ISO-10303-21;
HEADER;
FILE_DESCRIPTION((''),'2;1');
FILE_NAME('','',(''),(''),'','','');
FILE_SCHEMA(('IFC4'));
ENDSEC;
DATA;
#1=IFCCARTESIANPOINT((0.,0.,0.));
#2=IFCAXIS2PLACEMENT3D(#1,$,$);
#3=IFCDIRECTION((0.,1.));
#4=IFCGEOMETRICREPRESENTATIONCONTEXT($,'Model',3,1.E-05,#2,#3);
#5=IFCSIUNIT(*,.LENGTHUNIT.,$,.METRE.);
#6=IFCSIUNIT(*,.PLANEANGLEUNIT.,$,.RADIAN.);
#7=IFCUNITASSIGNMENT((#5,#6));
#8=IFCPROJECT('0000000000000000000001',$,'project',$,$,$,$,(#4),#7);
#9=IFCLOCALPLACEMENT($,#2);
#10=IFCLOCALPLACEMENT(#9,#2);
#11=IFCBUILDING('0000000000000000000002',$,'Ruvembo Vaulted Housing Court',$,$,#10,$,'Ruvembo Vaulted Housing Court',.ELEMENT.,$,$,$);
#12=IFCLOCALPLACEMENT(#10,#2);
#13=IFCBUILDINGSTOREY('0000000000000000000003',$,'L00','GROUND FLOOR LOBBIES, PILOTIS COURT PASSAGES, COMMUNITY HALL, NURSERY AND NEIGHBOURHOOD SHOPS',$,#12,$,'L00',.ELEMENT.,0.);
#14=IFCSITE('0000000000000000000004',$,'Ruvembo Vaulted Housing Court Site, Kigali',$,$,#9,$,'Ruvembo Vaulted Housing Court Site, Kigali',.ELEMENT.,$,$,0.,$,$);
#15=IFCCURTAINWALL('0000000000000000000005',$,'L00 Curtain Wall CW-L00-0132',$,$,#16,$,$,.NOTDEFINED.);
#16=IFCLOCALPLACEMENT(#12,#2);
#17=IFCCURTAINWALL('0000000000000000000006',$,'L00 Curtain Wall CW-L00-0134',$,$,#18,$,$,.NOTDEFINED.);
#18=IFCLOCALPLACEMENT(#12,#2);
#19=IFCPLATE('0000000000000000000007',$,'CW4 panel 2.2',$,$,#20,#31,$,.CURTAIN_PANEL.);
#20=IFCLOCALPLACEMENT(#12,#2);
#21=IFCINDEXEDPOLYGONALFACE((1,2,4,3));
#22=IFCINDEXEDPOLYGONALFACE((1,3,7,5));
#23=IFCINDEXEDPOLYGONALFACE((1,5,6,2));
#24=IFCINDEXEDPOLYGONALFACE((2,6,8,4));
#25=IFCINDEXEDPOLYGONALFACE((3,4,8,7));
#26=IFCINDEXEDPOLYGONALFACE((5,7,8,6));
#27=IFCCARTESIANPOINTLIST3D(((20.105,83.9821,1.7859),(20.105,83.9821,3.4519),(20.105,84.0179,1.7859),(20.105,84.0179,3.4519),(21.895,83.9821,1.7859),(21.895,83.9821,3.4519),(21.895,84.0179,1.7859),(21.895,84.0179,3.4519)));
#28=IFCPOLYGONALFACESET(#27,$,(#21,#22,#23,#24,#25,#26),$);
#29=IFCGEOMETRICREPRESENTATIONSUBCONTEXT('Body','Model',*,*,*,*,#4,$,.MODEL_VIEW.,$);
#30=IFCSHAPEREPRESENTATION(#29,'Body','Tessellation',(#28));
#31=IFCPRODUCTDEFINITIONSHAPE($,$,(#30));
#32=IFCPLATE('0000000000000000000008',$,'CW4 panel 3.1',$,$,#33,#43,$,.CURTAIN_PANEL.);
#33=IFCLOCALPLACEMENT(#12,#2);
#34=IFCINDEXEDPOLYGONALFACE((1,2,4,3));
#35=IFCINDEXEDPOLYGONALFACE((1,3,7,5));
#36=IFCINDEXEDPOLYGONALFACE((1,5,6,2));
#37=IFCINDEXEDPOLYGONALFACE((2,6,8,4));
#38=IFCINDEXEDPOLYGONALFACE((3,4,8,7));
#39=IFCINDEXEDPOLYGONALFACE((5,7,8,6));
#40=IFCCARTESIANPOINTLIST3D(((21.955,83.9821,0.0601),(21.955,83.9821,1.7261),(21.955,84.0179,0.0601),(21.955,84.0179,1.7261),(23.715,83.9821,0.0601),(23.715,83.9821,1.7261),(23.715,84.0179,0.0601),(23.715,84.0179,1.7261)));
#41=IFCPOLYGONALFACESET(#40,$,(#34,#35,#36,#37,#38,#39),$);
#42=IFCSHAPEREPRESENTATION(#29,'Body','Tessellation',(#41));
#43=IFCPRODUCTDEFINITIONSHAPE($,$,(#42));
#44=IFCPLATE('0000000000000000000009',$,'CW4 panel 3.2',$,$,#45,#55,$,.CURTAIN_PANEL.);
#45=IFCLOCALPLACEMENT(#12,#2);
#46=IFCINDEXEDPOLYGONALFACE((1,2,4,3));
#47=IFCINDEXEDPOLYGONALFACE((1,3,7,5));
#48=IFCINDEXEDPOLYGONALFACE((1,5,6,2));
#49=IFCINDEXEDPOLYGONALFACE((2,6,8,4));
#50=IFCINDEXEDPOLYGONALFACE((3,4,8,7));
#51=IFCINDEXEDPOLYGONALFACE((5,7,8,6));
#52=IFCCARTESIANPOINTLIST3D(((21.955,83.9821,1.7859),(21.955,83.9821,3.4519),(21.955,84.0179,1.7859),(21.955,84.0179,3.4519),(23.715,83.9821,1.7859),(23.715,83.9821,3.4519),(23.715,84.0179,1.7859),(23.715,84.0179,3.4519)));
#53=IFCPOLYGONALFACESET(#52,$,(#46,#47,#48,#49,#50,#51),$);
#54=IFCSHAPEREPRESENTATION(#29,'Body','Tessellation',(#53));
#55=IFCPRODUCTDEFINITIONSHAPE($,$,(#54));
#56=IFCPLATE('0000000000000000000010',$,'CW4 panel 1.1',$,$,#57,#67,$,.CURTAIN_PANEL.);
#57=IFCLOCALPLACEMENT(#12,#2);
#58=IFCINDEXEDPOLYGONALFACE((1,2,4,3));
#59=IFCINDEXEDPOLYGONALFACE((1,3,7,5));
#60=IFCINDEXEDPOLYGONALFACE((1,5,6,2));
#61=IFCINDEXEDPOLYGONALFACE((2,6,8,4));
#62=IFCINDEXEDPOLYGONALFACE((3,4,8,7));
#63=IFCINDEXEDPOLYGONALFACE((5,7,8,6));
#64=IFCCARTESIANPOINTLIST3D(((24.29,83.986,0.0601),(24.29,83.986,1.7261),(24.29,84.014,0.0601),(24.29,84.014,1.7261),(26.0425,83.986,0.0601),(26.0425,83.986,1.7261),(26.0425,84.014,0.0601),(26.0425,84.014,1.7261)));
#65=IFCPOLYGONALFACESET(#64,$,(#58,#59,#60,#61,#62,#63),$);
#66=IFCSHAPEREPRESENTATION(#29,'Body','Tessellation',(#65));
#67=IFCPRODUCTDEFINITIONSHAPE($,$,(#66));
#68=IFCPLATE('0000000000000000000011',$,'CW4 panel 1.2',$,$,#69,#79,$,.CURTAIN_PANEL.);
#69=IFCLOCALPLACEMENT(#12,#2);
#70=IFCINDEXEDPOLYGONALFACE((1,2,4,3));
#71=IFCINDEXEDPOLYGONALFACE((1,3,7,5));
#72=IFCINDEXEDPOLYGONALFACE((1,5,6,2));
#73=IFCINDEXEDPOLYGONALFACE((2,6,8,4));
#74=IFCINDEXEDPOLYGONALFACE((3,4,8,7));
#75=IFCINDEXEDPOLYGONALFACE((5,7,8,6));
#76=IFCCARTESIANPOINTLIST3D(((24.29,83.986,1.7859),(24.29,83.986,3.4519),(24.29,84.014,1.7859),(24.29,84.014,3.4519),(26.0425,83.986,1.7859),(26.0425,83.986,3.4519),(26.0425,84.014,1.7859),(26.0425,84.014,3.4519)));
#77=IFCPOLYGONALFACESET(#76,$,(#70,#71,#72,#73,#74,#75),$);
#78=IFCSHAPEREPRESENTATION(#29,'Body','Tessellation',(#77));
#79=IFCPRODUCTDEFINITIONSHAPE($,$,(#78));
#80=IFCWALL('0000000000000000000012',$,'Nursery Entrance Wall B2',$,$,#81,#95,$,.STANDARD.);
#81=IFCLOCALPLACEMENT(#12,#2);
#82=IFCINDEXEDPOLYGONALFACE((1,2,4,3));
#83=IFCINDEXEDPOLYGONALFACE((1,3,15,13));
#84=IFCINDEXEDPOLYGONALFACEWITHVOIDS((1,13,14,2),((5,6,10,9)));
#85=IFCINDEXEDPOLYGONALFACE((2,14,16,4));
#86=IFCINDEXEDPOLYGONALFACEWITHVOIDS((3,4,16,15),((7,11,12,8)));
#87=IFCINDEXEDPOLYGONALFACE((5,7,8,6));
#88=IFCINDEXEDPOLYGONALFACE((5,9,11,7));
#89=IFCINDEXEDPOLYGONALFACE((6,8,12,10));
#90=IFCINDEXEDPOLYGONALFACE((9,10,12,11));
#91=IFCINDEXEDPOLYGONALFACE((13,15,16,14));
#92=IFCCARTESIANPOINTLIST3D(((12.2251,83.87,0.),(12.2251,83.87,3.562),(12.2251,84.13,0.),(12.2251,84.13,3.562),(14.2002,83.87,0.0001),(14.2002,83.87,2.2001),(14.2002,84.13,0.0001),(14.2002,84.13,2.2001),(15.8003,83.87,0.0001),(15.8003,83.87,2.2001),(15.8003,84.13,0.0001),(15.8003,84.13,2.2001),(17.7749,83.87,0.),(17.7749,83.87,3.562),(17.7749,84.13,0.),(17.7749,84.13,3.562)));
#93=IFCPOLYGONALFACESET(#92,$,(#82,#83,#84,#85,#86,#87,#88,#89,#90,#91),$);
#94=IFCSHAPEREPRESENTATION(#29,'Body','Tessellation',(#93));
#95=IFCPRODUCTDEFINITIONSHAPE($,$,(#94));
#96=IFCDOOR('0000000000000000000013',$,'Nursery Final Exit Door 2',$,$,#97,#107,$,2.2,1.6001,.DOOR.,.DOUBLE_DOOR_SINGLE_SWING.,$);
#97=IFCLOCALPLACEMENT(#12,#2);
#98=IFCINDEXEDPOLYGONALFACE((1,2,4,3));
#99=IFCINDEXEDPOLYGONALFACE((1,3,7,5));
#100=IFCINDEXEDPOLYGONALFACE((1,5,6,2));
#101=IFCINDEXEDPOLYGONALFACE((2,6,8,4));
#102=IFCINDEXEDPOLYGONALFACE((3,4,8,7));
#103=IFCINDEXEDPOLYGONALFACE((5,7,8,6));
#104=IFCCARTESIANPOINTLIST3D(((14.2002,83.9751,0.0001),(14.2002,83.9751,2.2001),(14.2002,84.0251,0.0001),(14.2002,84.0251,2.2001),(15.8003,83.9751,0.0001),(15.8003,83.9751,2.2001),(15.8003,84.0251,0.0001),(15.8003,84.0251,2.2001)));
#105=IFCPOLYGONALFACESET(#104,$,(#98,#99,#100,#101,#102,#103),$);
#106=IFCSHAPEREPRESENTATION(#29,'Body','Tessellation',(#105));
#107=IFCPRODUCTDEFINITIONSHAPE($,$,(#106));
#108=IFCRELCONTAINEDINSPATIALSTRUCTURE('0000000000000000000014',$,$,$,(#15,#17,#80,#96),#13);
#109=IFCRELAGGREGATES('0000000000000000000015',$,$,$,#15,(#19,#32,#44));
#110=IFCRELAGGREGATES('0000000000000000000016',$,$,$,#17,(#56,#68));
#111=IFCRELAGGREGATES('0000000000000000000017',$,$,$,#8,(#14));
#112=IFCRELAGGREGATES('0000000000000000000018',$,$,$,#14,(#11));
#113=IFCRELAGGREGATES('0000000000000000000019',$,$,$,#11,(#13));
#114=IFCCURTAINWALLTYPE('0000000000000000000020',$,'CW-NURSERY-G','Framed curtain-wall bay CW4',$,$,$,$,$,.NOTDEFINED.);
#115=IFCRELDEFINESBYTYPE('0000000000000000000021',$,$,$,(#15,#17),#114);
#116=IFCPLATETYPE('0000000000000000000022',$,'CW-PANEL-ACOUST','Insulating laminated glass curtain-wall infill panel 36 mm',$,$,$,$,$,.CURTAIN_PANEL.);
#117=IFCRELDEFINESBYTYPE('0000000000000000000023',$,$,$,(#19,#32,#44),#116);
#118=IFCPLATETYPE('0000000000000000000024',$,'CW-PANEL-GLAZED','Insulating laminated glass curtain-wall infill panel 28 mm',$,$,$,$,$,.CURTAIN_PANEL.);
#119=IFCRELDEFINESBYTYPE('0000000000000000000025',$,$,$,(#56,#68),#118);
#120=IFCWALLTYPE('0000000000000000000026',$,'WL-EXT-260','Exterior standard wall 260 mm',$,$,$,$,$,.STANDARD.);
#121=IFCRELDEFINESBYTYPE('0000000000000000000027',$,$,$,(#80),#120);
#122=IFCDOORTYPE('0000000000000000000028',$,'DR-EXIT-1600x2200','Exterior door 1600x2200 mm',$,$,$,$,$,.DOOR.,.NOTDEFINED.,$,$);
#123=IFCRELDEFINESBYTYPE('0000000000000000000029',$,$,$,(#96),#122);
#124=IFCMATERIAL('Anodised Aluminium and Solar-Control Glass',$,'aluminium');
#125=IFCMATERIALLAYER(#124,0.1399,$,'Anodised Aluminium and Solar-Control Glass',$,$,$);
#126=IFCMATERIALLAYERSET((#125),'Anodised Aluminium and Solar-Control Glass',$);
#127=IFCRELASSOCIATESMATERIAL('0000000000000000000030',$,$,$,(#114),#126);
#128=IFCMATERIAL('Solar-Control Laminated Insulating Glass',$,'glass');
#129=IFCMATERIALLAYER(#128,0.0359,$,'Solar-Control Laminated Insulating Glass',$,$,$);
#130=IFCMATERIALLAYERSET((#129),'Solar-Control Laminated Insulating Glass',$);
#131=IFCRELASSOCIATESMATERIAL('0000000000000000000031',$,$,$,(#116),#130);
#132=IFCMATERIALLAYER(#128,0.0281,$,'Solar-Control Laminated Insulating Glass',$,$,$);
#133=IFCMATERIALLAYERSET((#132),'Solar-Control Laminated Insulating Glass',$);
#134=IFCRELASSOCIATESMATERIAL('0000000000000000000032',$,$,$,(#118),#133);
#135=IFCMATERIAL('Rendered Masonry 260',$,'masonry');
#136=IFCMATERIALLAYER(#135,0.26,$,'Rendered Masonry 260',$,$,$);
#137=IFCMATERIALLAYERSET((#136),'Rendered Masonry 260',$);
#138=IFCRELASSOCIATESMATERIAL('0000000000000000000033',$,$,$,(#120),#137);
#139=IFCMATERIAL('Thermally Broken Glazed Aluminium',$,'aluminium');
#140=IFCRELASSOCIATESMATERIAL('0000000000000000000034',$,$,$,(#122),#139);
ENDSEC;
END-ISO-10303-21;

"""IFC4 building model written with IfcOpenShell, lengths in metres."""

from ifc_helpers import new_model, si_unit, direction, frame, frame_2d, origin, origin_2d, place, context, subcontext, project, spatial, rectangle, extrude, material, layer, layer_set, type_object, element, fill, aggregate, save


model = new_model("IFC4")

# Units and contexts
model_context = context("Model", 3, precision=1e-05, world=origin(), true_north=direction((0.0, 1.0)))
body_context = subcontext(model_context, "Body", "Model", "MODEL_VIEW")
ifc_project = project(units=[si_unit("LENGTHUNIT", "METRE"), si_unit("PLANEANGLEUNIT", "RADIAN")], contexts=[model_context])

# Site, building, storey
site_placement = place(None, origin())
site = spatial("IfcSite", under=ifc_project, at=site_placement, Name="Ruvembo Vaulted Housing Court Site, Kigali", LongName="Ruvembo Vaulted Housing Court Site, Kigali", CompositionType="ELEMENT", RefElevation=0.0)
building_placement = place(site_placement, origin())
building = spatial("IfcBuilding", under=site, at=building_placement, Name="Ruvembo Vaulted Housing Court", LongName="Ruvembo Vaulted Housing Court", CompositionType="ELEMENT")
storey_placement = place(building_placement, origin())
storey = spatial("IfcBuildingStorey", under=building, at=storey_placement, Name="L00", Description="GROUND FLOOR LOBBIES, PILOTIS COURT PASSAGES, COMMUNITY HALL, NURSERY AND NEIGHBOURHOOD SHOPS", LongName="L00", CompositionType="ELEMENT", Elevation=0.0)

# Curtain walls
ifc_material_1 = material(Name="Anodised Aluminium and Solar-Control Glass", Category="aluminium")
ifc_layer_1 = layer(ifc_material_1, 0.1399, Name="Anodised Aluminium and Solar-Control Glass")
ifc_layer_set_1 = layer_set([ifc_layer_1], Name="Anodised Aluminium and Solar-Control Glass")
curtain_wall_type = type_object("IfcCurtainWallType", Name="CW-NURSERY-G", Description="Framed curtain-wall bay CW4", PredefinedType="NOTDEFINED", material=ifc_layer_set_1)
curtain_wall_1_placement = place(storey_placement, origin())
curtain_wall_1 = element("IfcCurtainWall", 1, at=curtain_wall_1_placement, inside=storey, type_object=curtain_wall_type, Name="L00 Curtain Wall CW-L00-0132", PredefinedType="NOTDEFINED")
curtain_wall_2_placement = place(storey_placement, origin())
curtain_wall_2 = element("IfcCurtainWall", 2, at=curtain_wall_2_placement, inside=storey, type_object=curtain_wall_type, Name="L00 Curtain Wall CW-L00-0134", PredefinedType="NOTDEFINED")

# Plates
ifc_material_2 = material(Name="Solar-Control Laminated Insulating Glass", Category="glass")
ifc_layer_2 = layer(ifc_material_2, 0.0359, Name="Solar-Control Laminated Insulating Glass")
ifc_layer_set_2 = layer_set([ifc_layer_2], Name="Solar-Control Laminated Insulating Glass")
plate_type_1 = type_object("IfcPlateType", Name="CW-PANEL-ACOUST", Description="Insulating laminated glass curtain-wall infill panel 36 mm", PredefinedType="CURTAIN_PANEL", material=ifc_layer_set_2)
plate_1_placement = place(storey_placement, frame((21.0, 84.0, 1.7859), z_axis=(0.0, 0.0, 1.0), x_axis=(1.0, 0.0, 0.0)))
plate_1 = element("IfcPlate", 3, at=plate_1_placement, type_object=plate_type_1, Name="CW4 panel 2.2", PredefinedType="CURTAIN_PANEL", context=body_context, shape_type="SweptSolid", body=[
    extrude(rectangle(XDim=1.79, YDim=0.0359, at=origin_2d()), origin(), (0.0, 0.0, 1.0), 1.666),
])
plate_2_placement = place(storey_placement, frame((22.835, 84.0, 0.0601), z_axis=(0.0, 0.0, 1.0), x_axis=(1.0, 0.0, 0.0)))
plate_2 = element("IfcPlate", 4, at=plate_2_placement, type_object=plate_type_1, Name="CW4 panel 3.1", PredefinedType="CURTAIN_PANEL", context=body_context, shape_type="SweptSolid", body=[
    extrude(rectangle(XDim=1.76, YDim=0.0359, at=origin_2d()), origin(), (0.0, 0.0, 1.0), 1.666),
])
plate_3_placement = place(storey_placement, frame((22.835, 84.0, 1.7859), z_axis=(0.0, 0.0, 1.0), x_axis=(1.0, 0.0, 0.0)))
plate_3 = element("IfcPlate", 5, at=plate_3_placement, type_object=plate_type_1, Name="CW4 panel 3.2", PredefinedType="CURTAIN_PANEL", context=body_context, shape_type="SweptSolid", body=[
    extrude(rectangle(XDim=1.76, YDim=0.0359, at=origin_2d()), origin(), (0.0, 0.0, 1.0), 1.666),
])
aggregate(curtain_wall_1, [plate_1, plate_2, plate_3])
ifc_layer_3 = layer(ifc_material_2, 0.0281, Name="Solar-Control Laminated Insulating Glass")
ifc_layer_set_3 = layer_set([ifc_layer_3], Name="Solar-Control Laminated Insulating Glass")
plate_type_2 = type_object("IfcPlateType", Name="CW-PANEL-GLAZED", Description="Insulating laminated glass curtain-wall infill panel 28 mm", PredefinedType="CURTAIN_PANEL", material=ifc_layer_set_3)
plate_4_placement = place(storey_placement, frame((25.1663, 84.0, 0.0601), z_axis=(0.0, 0.0, 1.0), x_axis=(1.0, 0.0, 0.0)))
plate_4 = element("IfcPlate", 6, at=plate_4_placement, type_object=plate_type_2, Name="CW4 panel 1.1", PredefinedType="CURTAIN_PANEL", context=body_context, shape_type="SweptSolid", body=[
    extrude(rectangle(XDim=1.7524, YDim=0.0281, at=origin_2d()), origin(), (0.0, 0.0, 1.0), 1.666),
])
plate_5_placement = place(storey_placement, frame((25.1663, 84.0, 1.7859), z_axis=(0.0, 0.0, 1.0), x_axis=(1.0, 0.0, 0.0)))
plate_5 = element("IfcPlate", 7, at=plate_5_placement, type_object=plate_type_2, Name="CW4 panel 1.2", PredefinedType="CURTAIN_PANEL", context=body_context, shape_type="SweptSolid", body=[
    extrude(rectangle(XDim=1.7524, YDim=0.0281, at=origin_2d()), origin(), (0.0, 0.0, 1.0), 1.666),
])
aggregate(curtain_wall_2, [plate_4, plate_5])

# Wall, opening, door
ifc_material_3 = material(Name="Rendered Masonry 260", Category="masonry")
ifc_layer_4 = layer(ifc_material_3, 0.26, Name="Rendered Masonry 260")
ifc_layer_set_4 = layer_set([ifc_layer_4], Name="Rendered Masonry 260")
wall_type = type_object("IfcWallType", Name="WL-EXT-260", Description="Exterior standard wall 260 mm", PredefinedType="STANDARD", material=ifc_layer_set_4)
wall_placement = place(storey_placement, frame((12.2251, 84.0, 0.0), z_axis=(0.0, 0.0, 1.0), x_axis=(1.0, 0.0, 0.0)))
wall = element("IfcWall", 8, at=wall_placement, inside=storey, type_object=wall_type, Name="Nursery Entrance Wall B2", PredefinedType="STANDARD", context=body_context, shape_type="SweptSolid", body=[
    extrude(rectangle(XDim=5.5498, YDim=0.26, at=frame_2d((2.7749, 0.0))), origin(), (0.0, 0.0, 1.0), 3.562),
])
opening_placement = place(wall_placement, frame((1.9751, 0.0, 0.0)))
opening = element("IfcOpeningElement", 9, at=opening_placement, cuts=wall, PredefinedType="OPENING", context=body_context, shape_type="SweptSolid", body=[
    extrude(rectangle(XDim=1.6001, YDim=2.2, at=frame_2d((0.8, 1.1001))), frame((0.0, 0.1399, 0.0), z_axis=(0.0, -1.0, 0.0), x_axis=(1.0, 0.0, 0.0)), (0.0, 0.0, 1.0), 0.28),
])
ifc_material_4 = material(Name="Thermally Broken Glazed Aluminium", Category="aluminium")
door_type = type_object("IfcDoorType", Name="DR-EXIT-1600x2200", Description="Exterior door 1600x2200 mm", OperationType="NOTDEFINED", PredefinedType="DOOR", material=ifc_material_4)
door_placement = place(opening_placement, frame((1.6001, 0.0, 0.0), z_axis=(0.0, 0.0, 1.0), x_axis=(-1.0, 0.0, 0.0)))
door = element("IfcDoor", 10, at=door_placement, inside=storey, type_object=door_type, Name="Nursery Final Exit Door 2", OperationType="DOUBLE_DOOR_SINGLE_SWING", OverallHeight=2.2, OverallWidth=1.6001, PredefinedType="DOOR", context=body_context, shape_type="SweptSolid", body=[
    extrude(rectangle(XDim=1.6001, YDim=2.2, at=frame_2d((0.8, 1.1001))), frame((0.0, 0.0249, 0.0), z_axis=(0.0, -1.0, 0.0), x_axis=(1.0, 0.0, 0.0)), (0.0, 0.0, 1.0), 0.05),
])
fill(opening, door)

save(model, "model.ifc")
